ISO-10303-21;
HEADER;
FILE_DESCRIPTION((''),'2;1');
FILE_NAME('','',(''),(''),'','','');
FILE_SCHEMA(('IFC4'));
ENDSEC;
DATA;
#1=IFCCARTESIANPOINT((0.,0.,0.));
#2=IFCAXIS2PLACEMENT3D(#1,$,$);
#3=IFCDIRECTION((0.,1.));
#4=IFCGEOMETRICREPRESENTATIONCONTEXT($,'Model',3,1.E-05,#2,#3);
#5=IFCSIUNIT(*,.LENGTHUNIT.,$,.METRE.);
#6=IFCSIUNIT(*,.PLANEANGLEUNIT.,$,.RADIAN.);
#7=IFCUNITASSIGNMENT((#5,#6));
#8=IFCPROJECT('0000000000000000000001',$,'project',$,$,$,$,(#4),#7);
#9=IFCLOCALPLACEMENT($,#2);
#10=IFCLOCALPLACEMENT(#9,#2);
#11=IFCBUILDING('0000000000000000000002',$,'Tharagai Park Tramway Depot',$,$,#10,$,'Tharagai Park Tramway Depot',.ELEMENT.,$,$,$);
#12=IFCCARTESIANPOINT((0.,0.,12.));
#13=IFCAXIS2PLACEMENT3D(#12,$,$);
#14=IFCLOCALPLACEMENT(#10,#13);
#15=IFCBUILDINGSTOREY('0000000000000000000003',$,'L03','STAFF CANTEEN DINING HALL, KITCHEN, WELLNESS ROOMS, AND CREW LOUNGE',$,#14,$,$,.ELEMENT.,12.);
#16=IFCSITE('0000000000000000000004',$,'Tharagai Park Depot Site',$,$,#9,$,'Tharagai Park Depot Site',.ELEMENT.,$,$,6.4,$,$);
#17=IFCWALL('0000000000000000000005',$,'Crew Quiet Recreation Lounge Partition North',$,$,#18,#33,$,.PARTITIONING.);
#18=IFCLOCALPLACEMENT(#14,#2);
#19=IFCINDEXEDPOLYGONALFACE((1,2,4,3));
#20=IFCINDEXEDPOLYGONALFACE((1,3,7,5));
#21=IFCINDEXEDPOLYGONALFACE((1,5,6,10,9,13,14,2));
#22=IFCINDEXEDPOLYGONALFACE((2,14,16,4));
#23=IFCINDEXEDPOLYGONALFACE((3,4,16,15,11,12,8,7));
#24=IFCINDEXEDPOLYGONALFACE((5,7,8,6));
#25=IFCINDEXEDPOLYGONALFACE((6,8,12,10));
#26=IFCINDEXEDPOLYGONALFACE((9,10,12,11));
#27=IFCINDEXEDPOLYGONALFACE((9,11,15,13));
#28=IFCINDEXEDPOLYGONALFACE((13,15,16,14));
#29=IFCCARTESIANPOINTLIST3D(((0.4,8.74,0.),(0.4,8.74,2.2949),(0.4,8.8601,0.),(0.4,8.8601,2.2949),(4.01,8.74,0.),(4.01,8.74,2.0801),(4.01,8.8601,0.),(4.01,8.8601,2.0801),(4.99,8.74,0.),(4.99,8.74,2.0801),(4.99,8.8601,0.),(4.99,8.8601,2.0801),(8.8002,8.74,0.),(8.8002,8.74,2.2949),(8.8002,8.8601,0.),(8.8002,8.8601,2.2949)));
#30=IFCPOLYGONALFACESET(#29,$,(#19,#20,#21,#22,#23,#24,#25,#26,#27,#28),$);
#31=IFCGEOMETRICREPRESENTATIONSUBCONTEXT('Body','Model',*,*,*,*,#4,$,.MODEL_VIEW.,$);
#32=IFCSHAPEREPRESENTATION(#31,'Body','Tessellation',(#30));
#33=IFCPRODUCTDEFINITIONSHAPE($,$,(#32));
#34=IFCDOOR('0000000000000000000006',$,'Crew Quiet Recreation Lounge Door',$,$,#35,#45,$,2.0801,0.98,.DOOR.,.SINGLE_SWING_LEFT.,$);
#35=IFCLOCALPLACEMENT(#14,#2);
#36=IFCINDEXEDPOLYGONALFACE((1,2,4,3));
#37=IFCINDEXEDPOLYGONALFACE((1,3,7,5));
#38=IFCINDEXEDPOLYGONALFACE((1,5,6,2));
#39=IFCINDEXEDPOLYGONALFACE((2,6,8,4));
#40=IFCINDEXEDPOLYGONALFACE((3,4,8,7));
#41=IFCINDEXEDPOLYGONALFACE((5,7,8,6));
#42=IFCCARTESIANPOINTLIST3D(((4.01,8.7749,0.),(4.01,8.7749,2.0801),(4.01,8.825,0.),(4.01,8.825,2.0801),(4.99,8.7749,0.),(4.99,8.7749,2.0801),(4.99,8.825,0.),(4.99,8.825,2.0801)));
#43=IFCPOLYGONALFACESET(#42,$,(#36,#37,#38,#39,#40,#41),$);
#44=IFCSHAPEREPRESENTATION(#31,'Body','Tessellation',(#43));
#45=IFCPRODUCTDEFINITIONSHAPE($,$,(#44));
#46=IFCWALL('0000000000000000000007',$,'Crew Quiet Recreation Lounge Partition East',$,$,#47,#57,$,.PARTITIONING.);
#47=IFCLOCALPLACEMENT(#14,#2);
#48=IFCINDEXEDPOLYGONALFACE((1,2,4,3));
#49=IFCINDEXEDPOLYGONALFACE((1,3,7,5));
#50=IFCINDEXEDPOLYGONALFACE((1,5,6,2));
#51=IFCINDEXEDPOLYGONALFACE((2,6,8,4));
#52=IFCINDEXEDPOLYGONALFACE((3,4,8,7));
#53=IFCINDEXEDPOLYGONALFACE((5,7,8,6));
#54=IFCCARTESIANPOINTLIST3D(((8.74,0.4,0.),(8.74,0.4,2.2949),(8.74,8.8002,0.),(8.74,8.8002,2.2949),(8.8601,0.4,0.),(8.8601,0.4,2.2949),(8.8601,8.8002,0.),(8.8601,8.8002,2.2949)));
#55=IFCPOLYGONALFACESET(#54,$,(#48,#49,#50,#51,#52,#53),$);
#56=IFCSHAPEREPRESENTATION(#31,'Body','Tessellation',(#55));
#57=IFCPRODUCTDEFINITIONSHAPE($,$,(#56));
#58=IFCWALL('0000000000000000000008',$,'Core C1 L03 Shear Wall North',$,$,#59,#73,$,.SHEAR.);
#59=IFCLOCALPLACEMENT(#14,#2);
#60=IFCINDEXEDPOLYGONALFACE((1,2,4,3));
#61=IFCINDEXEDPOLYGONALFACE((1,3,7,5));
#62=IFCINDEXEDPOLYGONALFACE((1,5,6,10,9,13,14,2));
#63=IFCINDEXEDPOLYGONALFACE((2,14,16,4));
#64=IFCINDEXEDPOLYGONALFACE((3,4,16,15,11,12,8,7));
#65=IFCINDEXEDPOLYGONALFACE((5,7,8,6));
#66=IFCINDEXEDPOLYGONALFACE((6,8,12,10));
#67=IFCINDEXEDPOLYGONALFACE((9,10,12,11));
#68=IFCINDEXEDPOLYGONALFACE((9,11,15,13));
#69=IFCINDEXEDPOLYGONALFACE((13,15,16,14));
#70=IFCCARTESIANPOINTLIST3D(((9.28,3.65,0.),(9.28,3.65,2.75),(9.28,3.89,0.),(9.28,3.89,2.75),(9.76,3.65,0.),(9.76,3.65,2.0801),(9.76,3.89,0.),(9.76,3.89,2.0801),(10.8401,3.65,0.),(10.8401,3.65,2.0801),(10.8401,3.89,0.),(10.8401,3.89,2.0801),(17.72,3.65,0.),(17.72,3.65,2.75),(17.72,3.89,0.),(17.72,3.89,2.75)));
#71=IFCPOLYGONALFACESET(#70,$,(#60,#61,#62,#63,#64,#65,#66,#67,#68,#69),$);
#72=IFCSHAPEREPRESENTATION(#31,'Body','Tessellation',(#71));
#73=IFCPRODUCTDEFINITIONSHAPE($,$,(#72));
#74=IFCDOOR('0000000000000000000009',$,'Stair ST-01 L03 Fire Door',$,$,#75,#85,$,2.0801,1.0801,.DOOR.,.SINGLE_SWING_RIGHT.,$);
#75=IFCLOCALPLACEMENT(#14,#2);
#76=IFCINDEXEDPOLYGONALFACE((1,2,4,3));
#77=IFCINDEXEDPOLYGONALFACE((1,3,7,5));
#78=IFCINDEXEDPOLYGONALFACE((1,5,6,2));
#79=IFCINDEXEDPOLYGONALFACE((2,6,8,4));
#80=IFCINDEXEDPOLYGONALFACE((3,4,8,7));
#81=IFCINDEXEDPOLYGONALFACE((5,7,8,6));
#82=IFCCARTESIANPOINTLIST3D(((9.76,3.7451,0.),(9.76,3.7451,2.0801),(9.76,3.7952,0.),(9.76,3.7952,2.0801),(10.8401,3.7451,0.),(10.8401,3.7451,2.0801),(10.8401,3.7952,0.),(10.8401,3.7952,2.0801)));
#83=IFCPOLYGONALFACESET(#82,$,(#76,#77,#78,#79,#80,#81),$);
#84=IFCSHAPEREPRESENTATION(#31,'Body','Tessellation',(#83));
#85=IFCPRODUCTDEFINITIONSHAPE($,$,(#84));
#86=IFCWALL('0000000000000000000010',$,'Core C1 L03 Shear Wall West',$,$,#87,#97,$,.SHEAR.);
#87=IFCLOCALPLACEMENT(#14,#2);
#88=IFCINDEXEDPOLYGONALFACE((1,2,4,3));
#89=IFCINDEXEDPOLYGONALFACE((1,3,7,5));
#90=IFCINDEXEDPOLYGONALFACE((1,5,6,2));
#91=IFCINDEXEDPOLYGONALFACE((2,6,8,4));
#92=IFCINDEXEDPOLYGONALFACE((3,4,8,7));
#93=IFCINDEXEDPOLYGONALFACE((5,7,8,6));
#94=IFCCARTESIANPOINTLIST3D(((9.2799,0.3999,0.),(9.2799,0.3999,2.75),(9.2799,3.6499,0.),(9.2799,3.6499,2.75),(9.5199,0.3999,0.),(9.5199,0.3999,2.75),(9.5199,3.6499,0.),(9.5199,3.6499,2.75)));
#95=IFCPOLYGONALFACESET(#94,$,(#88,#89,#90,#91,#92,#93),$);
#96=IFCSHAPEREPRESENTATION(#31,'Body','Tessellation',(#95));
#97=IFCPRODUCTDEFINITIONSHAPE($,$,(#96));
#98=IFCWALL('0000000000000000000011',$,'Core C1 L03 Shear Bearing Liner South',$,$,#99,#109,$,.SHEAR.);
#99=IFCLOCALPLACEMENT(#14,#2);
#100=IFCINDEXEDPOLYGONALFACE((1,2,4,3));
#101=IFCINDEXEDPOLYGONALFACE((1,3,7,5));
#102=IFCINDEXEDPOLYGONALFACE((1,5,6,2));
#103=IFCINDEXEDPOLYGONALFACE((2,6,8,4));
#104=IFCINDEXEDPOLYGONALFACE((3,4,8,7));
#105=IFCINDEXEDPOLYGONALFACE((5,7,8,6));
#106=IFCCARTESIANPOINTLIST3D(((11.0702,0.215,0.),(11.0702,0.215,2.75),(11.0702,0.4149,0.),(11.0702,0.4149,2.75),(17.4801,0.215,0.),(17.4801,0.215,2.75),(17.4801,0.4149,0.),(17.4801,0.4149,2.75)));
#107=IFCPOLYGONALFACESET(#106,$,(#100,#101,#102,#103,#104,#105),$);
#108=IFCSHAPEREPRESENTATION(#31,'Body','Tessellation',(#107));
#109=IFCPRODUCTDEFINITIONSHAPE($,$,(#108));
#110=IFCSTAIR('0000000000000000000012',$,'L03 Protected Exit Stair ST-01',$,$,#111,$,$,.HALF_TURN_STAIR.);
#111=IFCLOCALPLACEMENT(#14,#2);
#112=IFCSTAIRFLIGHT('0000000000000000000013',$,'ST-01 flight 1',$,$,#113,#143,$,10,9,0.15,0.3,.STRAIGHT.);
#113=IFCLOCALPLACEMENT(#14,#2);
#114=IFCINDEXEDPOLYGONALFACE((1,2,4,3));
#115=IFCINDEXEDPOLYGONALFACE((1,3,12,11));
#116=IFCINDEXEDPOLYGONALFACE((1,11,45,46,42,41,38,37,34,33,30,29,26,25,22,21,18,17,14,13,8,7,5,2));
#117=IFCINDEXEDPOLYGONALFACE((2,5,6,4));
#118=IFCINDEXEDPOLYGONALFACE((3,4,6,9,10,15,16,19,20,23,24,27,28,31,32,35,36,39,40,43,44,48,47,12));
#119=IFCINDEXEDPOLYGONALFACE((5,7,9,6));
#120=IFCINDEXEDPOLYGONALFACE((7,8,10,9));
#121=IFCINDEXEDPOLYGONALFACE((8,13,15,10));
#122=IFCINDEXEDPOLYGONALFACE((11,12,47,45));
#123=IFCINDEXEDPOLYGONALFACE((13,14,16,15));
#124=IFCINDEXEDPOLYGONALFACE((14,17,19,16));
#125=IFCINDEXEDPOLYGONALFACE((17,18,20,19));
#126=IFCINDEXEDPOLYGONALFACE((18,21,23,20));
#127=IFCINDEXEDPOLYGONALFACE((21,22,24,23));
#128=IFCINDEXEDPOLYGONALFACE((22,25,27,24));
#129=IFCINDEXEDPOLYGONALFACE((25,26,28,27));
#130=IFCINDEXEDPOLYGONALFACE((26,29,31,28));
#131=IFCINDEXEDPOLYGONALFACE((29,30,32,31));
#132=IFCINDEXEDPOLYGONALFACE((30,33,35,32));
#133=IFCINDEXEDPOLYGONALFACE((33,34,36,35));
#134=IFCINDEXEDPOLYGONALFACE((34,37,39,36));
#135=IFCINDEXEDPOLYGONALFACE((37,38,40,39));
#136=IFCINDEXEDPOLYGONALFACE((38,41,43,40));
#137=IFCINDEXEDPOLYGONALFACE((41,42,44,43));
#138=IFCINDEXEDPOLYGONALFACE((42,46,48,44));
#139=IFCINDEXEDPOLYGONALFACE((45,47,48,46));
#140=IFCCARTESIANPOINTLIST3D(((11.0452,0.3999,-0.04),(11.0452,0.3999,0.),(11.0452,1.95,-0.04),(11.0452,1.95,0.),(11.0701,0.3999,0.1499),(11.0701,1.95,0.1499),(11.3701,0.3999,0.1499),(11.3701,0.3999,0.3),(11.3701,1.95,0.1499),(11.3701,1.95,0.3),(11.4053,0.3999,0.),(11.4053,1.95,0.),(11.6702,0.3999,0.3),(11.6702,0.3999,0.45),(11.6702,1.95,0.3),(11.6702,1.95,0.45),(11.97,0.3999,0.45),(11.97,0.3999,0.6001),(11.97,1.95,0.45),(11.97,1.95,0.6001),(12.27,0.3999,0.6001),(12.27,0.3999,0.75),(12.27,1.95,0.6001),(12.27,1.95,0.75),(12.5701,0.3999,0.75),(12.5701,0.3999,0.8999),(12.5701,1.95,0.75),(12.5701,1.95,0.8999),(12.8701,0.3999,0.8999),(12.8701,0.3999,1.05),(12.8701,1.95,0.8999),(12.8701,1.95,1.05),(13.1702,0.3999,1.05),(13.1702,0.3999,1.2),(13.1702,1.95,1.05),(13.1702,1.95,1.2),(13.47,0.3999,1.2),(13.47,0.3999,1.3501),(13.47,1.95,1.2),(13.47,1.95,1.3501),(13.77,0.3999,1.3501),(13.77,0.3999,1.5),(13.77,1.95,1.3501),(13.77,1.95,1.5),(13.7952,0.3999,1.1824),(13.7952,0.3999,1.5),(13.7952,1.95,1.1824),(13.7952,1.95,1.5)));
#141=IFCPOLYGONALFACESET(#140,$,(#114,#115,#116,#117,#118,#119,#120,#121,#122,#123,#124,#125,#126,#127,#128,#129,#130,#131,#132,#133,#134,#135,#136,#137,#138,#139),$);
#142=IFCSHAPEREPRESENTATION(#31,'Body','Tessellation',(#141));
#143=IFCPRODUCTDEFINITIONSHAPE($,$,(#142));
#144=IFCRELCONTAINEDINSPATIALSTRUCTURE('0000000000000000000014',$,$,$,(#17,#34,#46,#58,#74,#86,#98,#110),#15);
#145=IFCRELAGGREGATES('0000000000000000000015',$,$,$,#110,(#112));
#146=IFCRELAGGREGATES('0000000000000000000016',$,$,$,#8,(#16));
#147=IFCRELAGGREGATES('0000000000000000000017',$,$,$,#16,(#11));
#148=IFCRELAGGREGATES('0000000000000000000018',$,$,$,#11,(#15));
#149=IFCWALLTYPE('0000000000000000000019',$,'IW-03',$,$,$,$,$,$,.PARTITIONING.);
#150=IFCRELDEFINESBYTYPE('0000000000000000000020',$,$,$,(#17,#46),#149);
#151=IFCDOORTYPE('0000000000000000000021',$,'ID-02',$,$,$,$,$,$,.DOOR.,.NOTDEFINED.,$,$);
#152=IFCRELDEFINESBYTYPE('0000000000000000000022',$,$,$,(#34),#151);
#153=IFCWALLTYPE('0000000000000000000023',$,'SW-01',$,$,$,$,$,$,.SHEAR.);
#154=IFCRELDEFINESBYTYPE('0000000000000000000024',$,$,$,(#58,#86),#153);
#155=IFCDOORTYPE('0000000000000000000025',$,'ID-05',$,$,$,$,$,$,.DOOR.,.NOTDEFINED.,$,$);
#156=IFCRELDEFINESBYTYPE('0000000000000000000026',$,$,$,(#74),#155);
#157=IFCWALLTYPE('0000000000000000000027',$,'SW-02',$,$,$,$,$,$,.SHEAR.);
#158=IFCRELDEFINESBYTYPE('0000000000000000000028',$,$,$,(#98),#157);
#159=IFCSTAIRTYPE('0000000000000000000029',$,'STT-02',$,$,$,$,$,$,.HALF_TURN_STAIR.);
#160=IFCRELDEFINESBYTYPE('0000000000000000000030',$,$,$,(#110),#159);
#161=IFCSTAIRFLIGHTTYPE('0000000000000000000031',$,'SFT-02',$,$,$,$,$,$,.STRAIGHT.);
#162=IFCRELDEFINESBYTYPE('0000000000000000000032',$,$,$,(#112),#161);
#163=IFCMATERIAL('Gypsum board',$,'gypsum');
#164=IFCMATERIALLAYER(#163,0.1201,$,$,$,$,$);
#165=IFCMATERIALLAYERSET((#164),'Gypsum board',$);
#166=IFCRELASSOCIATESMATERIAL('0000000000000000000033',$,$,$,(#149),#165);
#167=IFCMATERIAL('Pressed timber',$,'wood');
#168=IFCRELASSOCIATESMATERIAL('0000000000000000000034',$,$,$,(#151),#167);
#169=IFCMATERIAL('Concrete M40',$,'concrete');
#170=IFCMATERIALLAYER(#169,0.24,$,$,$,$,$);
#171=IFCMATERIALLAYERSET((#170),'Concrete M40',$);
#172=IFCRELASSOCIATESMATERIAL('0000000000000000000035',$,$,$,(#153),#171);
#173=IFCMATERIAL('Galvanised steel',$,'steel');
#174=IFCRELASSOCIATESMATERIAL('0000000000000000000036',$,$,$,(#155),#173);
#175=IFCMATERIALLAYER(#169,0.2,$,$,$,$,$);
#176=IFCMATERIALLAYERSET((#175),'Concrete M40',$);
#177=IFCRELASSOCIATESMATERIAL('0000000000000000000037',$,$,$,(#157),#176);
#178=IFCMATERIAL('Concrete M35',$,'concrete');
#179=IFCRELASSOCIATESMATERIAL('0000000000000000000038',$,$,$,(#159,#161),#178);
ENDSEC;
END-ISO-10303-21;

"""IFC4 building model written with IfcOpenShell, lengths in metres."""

from ifc_helpers import new_model, si_unit, direction, frame, frame_2d, origin, place, context, subcontext, project, spatial, polyline, rectangle, outline, extrude, material, layer, layer_set, type_object, element, fill, aggregate, save


model = new_model("IFC4")

# Units and contexts
model_context = context("Model", 3, precision=1e-05, world=origin(), true_north=direction((0.0, 1.0)))
body_context = subcontext(model_context, "Body", "Model", "MODEL_VIEW")
ifc_project = project(units=[si_unit("LENGTHUNIT", "METRE"), si_unit("PLANEANGLEUNIT", "RADIAN")], contexts=[model_context])

# Site, building, storey
site_placement = place(None, origin())
site = spatial("IfcSite", under=ifc_project, at=site_placement, Name="Tharagai Park Depot Site", LongName="Tharagai Park Depot Site", CompositionType="ELEMENT", RefElevation=6.4)
building_placement = place(site_placement, origin())
building = spatial("IfcBuilding", under=site, at=building_placement, Name="Tharagai Park Tramway Depot", LongName="Tharagai Park Tramway Depot", CompositionType="ELEMENT")
storey_placement = place(building_placement, frame((0.0, 0.0, 12.0)))
storey = spatial("IfcBuildingStorey", under=building, at=storey_placement, Name="L03", Description="STAFF CANTEEN DINING HALL, KITCHEN, WELLNESS ROOMS, AND CREW LOUNGE", CompositionType="ELEMENT", Elevation=12.0)

# Shared definitions
ifc_material_1 = material(Name="Concrete M40", Category="concrete")

# Shared definitions
ifc_material_2 = material(Name="Concrete M35", Category="concrete")

# Shared definitions
ifc_material_3 = material(Name="Galvanised steel", Category="steel")

# Wall, opening, door
ifc_material_4 = material(Name="Gypsum board", Category="gypsum")
ifc_layer_1 = layer(ifc_material_4, 0.1201)
ifc_layer_set_1 = layer_set([ifc_layer_1], Name="Gypsum board")
wall_type_1 = type_object("IfcWallType", Name="IW-03", PredefinedType="PARTITIONING", material=ifc_layer_set_1)
wall_1_placement = place(storey_placement, frame((0.3999, 8.8, 0.0), z_axis=(0.0, 0.0, 1.0), x_axis=(1.0, 0.0, 0.0)))
wall_1 = element("IfcWall", 1, at=wall_1_placement, inside=storey, type_object=wall_type_1, Name="Crew Quiet Recreation Lounge Partition North", PredefinedType="PARTITIONING", context=body_context, shape_type="SweptSolid", body=[
    extrude(rectangle(XDim=8.4001, YDim=0.1201, at=frame_2d((4.2002, 0.0))), origin(), (0.0, 0.0, 1.0), 2.2949),
])
opening_1_placement = place(wall_1_placement, frame((3.6101, 0.0, 0.0)))
opening_1 = element("IfcOpeningElement", 2, at=opening_1_placement, cuts=wall_1, PredefinedType="OPENING", context=body_context, shape_type="SweptSolid", body=[
    extrude(rectangle(XDim=0.98, YDim=2.0801, at=frame_2d((0.49, 1.04))), frame((0.0, 0.0701, 0.0), z_axis=(0.0, -1.0, 0.0), x_axis=(1.0, 0.0, 0.0)), (0.0, 0.0, 1.0), 0.1401),
])
ifc_material_5 = material(Name="Pressed timber", Category="wood")
door_type_1 = type_object("IfcDoorType", Name="ID-02", OperationType="NOTDEFINED", PredefinedType="DOOR", material=ifc_material_5)
door_1_placement = place(opening_1_placement, origin())
door_1 = element("IfcDoor", 3, at=door_1_placement, inside=storey, type_object=door_type_1, Name="Crew Quiet Recreation Lounge Door", OperationType="SINGLE_SWING_LEFT", OverallHeight=2.0801, OverallWidth=0.98, PredefinedType="DOOR", context=body_context, shape_type="SweptSolid", body=[
    extrude(rectangle(XDim=0.98, YDim=2.0801, at=frame_2d((0.49, 1.04))), frame((0.0, 0.0249, 0.0), z_axis=(0.0, -1.0, 0.0), x_axis=(1.0, 0.0, 0.0)), (0.0, 0.0, 1.0), 0.05),
])
fill(opening_1, door_1)

# Wall
wall_2_placement = place(storey_placement, frame((8.8, 0.3999, 0.0), z_axis=(0.0, 0.0, 1.0), x_axis=(0.0, 1.0, 0.0)))
element("IfcWall", 4, at=wall_2_placement, inside=storey, type_object=wall_type_1, Name="Crew Quiet Recreation Lounge Partition East", PredefinedType="PARTITIONING", context=body_context, shape_type="SweptSolid", body=[
    extrude(rectangle(XDim=8.4001, YDim=0.1201, at=frame_2d((4.2002, 0.0))), origin(), (0.0, 0.0, 1.0), 2.2949),
])

# Wall, opening, door
ifc_layer_2 = layer(ifc_material_1, 0.24)
ifc_layer_set_2 = layer_set([ifc_layer_2], Name="Concrete M40")
wall_type_2 = type_object("IfcWallType", Name="SW-01", PredefinedType="SHEAR", material=ifc_layer_set_2)
wall_3_placement = place(storey_placement, frame((9.28, 3.77, 0.0), z_axis=(0.0, 0.0, 1.0), x_axis=(1.0, 0.0, 0.0)))
wall_3 = element("IfcWall", 5, at=wall_3_placement, inside=storey, type_object=wall_type_2, Name="Core C1 L03 Shear Wall North", PredefinedType="SHEAR", context=body_context, shape_type="SweptSolid", body=[
    extrude(rectangle(XDim=8.4399, YDim=0.24, at=frame_2d((4.22, 0.0))), origin(), (0.0, 0.0, 1.0), 2.75),
])
opening_2_placement = place(wall_3_placement, frame((0.48, 0.0, 0.0)))
opening_2 = element("IfcOpeningElement", 6, at=opening_2_placement, cuts=wall_3, PredefinedType="OPENING", context=body_context, shape_type="SweptSolid", body=[
    extrude(rectangle(XDim=1.0801, YDim=2.0801, at=frame_2d((0.54, 1.04))), frame((0.0, 0.1299, 0.0), z_axis=(0.0, -1.0, 0.0), x_axis=(1.0, 0.0, 0.0)), (0.0, 0.0, 1.0), 0.26),
])
door_type_2 = type_object("IfcDoorType", Name="ID-05", OperationType="NOTDEFINED", PredefinedType="DOOR", material=ifc_material_3)
door_2_placement = place(opening_2_placement, frame((1.0801, 0.0, 0.0), z_axis=(0.0, 0.0, 1.0), x_axis=(-1.0, 0.0, 0.0)))
door_2 = element("IfcDoor", 7, at=door_2_placement, inside=storey, type_object=door_type_2, Name="Stair ST-01 L03 Fire Door", OperationType="SINGLE_SWING_RIGHT", OverallHeight=2.0801, OverallWidth=1.0801, PredefinedType="DOOR", context=body_context, shape_type="SweptSolid", body=[
    extrude(rectangle(XDim=1.0801, YDim=2.0801, at=frame_2d((0.54, 1.04))), frame((0.0, 0.0249, 0.0), z_axis=(0.0, -1.0, 0.0), x_axis=(1.0, 0.0, 0.0)), (0.0, 0.0, 1.0), 0.05),
])
fill(opening_2, door_2)

# Walls
wall_4_placement = place(storey_placement, frame((9.3999, 0.3999, 0.0), z_axis=(0.0, 0.0, 1.0), x_axis=(0.0, 1.0, 0.0)))
element("IfcWall", 8, at=wall_4_placement, inside=storey, type_object=wall_type_2, Name="Core C1 L03 Shear Wall West", PredefinedType="SHEAR", context=body_context, shape_type="SweptSolid", body=[
    extrude(rectangle(XDim=3.25, YDim=0.24, at=frame_2d((1.625, 0.0))), origin(), (0.0, 0.0, 1.0), 2.75),
])
ifc_layer_3 = layer(ifc_material_1, 0.2)
ifc_layer_set_3 = layer_set([ifc_layer_3], Name="Concrete M40")
wall_type_3 = type_object("IfcWallType", Name="SW-02", PredefinedType="SHEAR", material=ifc_layer_set_3)
wall_5_placement = place(storey_placement, frame((11.0701, 0.3149, 0.0), z_axis=(0.0, 0.0, 1.0), x_axis=(1.0, 0.0, 0.0)))
element("IfcWall", 9, at=wall_5_placement, inside=storey, type_object=wall_type_3, Name="Core C1 L03 Shear Bearing Liner South", PredefinedType="SHEAR", context=body_context, shape_type="SweptSolid", body=[
    extrude(rectangle(XDim=6.4099, YDim=0.2, at=frame_2d((3.2051, 0.0))), origin(), (0.0, 0.0, 1.0), 2.75),
])

# Stair, stair flight
stair_type = type_object("IfcStairType", Name="STT-02", PredefinedType="HALF_TURN_STAIR", material=ifc_material_2)
stair_placement = place(storey_placement, origin())
stair = element("IfcStair", 10, at=stair_placement, inside=storey, type_object=stair_type, Name="L03 Protected Exit Stair ST-01", PredefinedType="HALF_TURN_STAIR")
stair_flight_type = type_object("IfcStairFlightType", Name="SFT-02", PredefinedType="STRAIGHT", material=ifc_material_2)
stair_flight_placement = place(storey_placement, frame((11.0701, 1.175, 0.0), z_axis=(0.0, 0.0, 1.0), x_axis=(1.0, 0.0, 0.0)))
stair_flight = element("IfcStairFlight", 11, at=stair_flight_placement, type_object=stair_flight_type, Name="ST-01 flight 1", NumberOfRisers=10, NumberOfTreads=9, PredefinedType="STRAIGHT", RiserHeight=0.15, TreadLength=0.3, context=body_context, shape_type="SweptSolid", body=[
    extrude(outline(polyline([(-0.0249, 0.0), (0.0, 0.1499), (0.3, 0.1499), (0.3, 0.3), (0.6001, 0.3), (0.6001, 0.45), (0.8999, 0.45), (0.8999, 0.6001), (1.2, 0.6001), (1.2, 0.75), (1.5, 0.75), (1.5, 0.8999), (1.8, 0.8999), (1.8, 1.05), (2.1001, 1.05), (2.1001, 1.2), (2.3999, 1.2), (2.3999, 1.3501), (2.7, 1.3501), (2.7, 1.5), (2.7251, 1.5), (2.7251, 1.1824), (0.3352, 0.0), (-0.0249, -0.04), (-0.0249, 0.0)])), frame((0.0, 0.7749, 0.0), z_axis=(0.0, -1.0, 0.0), x_axis=(1.0, 0.0, 0.0)), (0.0, 0.0, 1.0), 1.55),
])
aggregate(stair, [stair_flight])

save(model, "model.ifc")
